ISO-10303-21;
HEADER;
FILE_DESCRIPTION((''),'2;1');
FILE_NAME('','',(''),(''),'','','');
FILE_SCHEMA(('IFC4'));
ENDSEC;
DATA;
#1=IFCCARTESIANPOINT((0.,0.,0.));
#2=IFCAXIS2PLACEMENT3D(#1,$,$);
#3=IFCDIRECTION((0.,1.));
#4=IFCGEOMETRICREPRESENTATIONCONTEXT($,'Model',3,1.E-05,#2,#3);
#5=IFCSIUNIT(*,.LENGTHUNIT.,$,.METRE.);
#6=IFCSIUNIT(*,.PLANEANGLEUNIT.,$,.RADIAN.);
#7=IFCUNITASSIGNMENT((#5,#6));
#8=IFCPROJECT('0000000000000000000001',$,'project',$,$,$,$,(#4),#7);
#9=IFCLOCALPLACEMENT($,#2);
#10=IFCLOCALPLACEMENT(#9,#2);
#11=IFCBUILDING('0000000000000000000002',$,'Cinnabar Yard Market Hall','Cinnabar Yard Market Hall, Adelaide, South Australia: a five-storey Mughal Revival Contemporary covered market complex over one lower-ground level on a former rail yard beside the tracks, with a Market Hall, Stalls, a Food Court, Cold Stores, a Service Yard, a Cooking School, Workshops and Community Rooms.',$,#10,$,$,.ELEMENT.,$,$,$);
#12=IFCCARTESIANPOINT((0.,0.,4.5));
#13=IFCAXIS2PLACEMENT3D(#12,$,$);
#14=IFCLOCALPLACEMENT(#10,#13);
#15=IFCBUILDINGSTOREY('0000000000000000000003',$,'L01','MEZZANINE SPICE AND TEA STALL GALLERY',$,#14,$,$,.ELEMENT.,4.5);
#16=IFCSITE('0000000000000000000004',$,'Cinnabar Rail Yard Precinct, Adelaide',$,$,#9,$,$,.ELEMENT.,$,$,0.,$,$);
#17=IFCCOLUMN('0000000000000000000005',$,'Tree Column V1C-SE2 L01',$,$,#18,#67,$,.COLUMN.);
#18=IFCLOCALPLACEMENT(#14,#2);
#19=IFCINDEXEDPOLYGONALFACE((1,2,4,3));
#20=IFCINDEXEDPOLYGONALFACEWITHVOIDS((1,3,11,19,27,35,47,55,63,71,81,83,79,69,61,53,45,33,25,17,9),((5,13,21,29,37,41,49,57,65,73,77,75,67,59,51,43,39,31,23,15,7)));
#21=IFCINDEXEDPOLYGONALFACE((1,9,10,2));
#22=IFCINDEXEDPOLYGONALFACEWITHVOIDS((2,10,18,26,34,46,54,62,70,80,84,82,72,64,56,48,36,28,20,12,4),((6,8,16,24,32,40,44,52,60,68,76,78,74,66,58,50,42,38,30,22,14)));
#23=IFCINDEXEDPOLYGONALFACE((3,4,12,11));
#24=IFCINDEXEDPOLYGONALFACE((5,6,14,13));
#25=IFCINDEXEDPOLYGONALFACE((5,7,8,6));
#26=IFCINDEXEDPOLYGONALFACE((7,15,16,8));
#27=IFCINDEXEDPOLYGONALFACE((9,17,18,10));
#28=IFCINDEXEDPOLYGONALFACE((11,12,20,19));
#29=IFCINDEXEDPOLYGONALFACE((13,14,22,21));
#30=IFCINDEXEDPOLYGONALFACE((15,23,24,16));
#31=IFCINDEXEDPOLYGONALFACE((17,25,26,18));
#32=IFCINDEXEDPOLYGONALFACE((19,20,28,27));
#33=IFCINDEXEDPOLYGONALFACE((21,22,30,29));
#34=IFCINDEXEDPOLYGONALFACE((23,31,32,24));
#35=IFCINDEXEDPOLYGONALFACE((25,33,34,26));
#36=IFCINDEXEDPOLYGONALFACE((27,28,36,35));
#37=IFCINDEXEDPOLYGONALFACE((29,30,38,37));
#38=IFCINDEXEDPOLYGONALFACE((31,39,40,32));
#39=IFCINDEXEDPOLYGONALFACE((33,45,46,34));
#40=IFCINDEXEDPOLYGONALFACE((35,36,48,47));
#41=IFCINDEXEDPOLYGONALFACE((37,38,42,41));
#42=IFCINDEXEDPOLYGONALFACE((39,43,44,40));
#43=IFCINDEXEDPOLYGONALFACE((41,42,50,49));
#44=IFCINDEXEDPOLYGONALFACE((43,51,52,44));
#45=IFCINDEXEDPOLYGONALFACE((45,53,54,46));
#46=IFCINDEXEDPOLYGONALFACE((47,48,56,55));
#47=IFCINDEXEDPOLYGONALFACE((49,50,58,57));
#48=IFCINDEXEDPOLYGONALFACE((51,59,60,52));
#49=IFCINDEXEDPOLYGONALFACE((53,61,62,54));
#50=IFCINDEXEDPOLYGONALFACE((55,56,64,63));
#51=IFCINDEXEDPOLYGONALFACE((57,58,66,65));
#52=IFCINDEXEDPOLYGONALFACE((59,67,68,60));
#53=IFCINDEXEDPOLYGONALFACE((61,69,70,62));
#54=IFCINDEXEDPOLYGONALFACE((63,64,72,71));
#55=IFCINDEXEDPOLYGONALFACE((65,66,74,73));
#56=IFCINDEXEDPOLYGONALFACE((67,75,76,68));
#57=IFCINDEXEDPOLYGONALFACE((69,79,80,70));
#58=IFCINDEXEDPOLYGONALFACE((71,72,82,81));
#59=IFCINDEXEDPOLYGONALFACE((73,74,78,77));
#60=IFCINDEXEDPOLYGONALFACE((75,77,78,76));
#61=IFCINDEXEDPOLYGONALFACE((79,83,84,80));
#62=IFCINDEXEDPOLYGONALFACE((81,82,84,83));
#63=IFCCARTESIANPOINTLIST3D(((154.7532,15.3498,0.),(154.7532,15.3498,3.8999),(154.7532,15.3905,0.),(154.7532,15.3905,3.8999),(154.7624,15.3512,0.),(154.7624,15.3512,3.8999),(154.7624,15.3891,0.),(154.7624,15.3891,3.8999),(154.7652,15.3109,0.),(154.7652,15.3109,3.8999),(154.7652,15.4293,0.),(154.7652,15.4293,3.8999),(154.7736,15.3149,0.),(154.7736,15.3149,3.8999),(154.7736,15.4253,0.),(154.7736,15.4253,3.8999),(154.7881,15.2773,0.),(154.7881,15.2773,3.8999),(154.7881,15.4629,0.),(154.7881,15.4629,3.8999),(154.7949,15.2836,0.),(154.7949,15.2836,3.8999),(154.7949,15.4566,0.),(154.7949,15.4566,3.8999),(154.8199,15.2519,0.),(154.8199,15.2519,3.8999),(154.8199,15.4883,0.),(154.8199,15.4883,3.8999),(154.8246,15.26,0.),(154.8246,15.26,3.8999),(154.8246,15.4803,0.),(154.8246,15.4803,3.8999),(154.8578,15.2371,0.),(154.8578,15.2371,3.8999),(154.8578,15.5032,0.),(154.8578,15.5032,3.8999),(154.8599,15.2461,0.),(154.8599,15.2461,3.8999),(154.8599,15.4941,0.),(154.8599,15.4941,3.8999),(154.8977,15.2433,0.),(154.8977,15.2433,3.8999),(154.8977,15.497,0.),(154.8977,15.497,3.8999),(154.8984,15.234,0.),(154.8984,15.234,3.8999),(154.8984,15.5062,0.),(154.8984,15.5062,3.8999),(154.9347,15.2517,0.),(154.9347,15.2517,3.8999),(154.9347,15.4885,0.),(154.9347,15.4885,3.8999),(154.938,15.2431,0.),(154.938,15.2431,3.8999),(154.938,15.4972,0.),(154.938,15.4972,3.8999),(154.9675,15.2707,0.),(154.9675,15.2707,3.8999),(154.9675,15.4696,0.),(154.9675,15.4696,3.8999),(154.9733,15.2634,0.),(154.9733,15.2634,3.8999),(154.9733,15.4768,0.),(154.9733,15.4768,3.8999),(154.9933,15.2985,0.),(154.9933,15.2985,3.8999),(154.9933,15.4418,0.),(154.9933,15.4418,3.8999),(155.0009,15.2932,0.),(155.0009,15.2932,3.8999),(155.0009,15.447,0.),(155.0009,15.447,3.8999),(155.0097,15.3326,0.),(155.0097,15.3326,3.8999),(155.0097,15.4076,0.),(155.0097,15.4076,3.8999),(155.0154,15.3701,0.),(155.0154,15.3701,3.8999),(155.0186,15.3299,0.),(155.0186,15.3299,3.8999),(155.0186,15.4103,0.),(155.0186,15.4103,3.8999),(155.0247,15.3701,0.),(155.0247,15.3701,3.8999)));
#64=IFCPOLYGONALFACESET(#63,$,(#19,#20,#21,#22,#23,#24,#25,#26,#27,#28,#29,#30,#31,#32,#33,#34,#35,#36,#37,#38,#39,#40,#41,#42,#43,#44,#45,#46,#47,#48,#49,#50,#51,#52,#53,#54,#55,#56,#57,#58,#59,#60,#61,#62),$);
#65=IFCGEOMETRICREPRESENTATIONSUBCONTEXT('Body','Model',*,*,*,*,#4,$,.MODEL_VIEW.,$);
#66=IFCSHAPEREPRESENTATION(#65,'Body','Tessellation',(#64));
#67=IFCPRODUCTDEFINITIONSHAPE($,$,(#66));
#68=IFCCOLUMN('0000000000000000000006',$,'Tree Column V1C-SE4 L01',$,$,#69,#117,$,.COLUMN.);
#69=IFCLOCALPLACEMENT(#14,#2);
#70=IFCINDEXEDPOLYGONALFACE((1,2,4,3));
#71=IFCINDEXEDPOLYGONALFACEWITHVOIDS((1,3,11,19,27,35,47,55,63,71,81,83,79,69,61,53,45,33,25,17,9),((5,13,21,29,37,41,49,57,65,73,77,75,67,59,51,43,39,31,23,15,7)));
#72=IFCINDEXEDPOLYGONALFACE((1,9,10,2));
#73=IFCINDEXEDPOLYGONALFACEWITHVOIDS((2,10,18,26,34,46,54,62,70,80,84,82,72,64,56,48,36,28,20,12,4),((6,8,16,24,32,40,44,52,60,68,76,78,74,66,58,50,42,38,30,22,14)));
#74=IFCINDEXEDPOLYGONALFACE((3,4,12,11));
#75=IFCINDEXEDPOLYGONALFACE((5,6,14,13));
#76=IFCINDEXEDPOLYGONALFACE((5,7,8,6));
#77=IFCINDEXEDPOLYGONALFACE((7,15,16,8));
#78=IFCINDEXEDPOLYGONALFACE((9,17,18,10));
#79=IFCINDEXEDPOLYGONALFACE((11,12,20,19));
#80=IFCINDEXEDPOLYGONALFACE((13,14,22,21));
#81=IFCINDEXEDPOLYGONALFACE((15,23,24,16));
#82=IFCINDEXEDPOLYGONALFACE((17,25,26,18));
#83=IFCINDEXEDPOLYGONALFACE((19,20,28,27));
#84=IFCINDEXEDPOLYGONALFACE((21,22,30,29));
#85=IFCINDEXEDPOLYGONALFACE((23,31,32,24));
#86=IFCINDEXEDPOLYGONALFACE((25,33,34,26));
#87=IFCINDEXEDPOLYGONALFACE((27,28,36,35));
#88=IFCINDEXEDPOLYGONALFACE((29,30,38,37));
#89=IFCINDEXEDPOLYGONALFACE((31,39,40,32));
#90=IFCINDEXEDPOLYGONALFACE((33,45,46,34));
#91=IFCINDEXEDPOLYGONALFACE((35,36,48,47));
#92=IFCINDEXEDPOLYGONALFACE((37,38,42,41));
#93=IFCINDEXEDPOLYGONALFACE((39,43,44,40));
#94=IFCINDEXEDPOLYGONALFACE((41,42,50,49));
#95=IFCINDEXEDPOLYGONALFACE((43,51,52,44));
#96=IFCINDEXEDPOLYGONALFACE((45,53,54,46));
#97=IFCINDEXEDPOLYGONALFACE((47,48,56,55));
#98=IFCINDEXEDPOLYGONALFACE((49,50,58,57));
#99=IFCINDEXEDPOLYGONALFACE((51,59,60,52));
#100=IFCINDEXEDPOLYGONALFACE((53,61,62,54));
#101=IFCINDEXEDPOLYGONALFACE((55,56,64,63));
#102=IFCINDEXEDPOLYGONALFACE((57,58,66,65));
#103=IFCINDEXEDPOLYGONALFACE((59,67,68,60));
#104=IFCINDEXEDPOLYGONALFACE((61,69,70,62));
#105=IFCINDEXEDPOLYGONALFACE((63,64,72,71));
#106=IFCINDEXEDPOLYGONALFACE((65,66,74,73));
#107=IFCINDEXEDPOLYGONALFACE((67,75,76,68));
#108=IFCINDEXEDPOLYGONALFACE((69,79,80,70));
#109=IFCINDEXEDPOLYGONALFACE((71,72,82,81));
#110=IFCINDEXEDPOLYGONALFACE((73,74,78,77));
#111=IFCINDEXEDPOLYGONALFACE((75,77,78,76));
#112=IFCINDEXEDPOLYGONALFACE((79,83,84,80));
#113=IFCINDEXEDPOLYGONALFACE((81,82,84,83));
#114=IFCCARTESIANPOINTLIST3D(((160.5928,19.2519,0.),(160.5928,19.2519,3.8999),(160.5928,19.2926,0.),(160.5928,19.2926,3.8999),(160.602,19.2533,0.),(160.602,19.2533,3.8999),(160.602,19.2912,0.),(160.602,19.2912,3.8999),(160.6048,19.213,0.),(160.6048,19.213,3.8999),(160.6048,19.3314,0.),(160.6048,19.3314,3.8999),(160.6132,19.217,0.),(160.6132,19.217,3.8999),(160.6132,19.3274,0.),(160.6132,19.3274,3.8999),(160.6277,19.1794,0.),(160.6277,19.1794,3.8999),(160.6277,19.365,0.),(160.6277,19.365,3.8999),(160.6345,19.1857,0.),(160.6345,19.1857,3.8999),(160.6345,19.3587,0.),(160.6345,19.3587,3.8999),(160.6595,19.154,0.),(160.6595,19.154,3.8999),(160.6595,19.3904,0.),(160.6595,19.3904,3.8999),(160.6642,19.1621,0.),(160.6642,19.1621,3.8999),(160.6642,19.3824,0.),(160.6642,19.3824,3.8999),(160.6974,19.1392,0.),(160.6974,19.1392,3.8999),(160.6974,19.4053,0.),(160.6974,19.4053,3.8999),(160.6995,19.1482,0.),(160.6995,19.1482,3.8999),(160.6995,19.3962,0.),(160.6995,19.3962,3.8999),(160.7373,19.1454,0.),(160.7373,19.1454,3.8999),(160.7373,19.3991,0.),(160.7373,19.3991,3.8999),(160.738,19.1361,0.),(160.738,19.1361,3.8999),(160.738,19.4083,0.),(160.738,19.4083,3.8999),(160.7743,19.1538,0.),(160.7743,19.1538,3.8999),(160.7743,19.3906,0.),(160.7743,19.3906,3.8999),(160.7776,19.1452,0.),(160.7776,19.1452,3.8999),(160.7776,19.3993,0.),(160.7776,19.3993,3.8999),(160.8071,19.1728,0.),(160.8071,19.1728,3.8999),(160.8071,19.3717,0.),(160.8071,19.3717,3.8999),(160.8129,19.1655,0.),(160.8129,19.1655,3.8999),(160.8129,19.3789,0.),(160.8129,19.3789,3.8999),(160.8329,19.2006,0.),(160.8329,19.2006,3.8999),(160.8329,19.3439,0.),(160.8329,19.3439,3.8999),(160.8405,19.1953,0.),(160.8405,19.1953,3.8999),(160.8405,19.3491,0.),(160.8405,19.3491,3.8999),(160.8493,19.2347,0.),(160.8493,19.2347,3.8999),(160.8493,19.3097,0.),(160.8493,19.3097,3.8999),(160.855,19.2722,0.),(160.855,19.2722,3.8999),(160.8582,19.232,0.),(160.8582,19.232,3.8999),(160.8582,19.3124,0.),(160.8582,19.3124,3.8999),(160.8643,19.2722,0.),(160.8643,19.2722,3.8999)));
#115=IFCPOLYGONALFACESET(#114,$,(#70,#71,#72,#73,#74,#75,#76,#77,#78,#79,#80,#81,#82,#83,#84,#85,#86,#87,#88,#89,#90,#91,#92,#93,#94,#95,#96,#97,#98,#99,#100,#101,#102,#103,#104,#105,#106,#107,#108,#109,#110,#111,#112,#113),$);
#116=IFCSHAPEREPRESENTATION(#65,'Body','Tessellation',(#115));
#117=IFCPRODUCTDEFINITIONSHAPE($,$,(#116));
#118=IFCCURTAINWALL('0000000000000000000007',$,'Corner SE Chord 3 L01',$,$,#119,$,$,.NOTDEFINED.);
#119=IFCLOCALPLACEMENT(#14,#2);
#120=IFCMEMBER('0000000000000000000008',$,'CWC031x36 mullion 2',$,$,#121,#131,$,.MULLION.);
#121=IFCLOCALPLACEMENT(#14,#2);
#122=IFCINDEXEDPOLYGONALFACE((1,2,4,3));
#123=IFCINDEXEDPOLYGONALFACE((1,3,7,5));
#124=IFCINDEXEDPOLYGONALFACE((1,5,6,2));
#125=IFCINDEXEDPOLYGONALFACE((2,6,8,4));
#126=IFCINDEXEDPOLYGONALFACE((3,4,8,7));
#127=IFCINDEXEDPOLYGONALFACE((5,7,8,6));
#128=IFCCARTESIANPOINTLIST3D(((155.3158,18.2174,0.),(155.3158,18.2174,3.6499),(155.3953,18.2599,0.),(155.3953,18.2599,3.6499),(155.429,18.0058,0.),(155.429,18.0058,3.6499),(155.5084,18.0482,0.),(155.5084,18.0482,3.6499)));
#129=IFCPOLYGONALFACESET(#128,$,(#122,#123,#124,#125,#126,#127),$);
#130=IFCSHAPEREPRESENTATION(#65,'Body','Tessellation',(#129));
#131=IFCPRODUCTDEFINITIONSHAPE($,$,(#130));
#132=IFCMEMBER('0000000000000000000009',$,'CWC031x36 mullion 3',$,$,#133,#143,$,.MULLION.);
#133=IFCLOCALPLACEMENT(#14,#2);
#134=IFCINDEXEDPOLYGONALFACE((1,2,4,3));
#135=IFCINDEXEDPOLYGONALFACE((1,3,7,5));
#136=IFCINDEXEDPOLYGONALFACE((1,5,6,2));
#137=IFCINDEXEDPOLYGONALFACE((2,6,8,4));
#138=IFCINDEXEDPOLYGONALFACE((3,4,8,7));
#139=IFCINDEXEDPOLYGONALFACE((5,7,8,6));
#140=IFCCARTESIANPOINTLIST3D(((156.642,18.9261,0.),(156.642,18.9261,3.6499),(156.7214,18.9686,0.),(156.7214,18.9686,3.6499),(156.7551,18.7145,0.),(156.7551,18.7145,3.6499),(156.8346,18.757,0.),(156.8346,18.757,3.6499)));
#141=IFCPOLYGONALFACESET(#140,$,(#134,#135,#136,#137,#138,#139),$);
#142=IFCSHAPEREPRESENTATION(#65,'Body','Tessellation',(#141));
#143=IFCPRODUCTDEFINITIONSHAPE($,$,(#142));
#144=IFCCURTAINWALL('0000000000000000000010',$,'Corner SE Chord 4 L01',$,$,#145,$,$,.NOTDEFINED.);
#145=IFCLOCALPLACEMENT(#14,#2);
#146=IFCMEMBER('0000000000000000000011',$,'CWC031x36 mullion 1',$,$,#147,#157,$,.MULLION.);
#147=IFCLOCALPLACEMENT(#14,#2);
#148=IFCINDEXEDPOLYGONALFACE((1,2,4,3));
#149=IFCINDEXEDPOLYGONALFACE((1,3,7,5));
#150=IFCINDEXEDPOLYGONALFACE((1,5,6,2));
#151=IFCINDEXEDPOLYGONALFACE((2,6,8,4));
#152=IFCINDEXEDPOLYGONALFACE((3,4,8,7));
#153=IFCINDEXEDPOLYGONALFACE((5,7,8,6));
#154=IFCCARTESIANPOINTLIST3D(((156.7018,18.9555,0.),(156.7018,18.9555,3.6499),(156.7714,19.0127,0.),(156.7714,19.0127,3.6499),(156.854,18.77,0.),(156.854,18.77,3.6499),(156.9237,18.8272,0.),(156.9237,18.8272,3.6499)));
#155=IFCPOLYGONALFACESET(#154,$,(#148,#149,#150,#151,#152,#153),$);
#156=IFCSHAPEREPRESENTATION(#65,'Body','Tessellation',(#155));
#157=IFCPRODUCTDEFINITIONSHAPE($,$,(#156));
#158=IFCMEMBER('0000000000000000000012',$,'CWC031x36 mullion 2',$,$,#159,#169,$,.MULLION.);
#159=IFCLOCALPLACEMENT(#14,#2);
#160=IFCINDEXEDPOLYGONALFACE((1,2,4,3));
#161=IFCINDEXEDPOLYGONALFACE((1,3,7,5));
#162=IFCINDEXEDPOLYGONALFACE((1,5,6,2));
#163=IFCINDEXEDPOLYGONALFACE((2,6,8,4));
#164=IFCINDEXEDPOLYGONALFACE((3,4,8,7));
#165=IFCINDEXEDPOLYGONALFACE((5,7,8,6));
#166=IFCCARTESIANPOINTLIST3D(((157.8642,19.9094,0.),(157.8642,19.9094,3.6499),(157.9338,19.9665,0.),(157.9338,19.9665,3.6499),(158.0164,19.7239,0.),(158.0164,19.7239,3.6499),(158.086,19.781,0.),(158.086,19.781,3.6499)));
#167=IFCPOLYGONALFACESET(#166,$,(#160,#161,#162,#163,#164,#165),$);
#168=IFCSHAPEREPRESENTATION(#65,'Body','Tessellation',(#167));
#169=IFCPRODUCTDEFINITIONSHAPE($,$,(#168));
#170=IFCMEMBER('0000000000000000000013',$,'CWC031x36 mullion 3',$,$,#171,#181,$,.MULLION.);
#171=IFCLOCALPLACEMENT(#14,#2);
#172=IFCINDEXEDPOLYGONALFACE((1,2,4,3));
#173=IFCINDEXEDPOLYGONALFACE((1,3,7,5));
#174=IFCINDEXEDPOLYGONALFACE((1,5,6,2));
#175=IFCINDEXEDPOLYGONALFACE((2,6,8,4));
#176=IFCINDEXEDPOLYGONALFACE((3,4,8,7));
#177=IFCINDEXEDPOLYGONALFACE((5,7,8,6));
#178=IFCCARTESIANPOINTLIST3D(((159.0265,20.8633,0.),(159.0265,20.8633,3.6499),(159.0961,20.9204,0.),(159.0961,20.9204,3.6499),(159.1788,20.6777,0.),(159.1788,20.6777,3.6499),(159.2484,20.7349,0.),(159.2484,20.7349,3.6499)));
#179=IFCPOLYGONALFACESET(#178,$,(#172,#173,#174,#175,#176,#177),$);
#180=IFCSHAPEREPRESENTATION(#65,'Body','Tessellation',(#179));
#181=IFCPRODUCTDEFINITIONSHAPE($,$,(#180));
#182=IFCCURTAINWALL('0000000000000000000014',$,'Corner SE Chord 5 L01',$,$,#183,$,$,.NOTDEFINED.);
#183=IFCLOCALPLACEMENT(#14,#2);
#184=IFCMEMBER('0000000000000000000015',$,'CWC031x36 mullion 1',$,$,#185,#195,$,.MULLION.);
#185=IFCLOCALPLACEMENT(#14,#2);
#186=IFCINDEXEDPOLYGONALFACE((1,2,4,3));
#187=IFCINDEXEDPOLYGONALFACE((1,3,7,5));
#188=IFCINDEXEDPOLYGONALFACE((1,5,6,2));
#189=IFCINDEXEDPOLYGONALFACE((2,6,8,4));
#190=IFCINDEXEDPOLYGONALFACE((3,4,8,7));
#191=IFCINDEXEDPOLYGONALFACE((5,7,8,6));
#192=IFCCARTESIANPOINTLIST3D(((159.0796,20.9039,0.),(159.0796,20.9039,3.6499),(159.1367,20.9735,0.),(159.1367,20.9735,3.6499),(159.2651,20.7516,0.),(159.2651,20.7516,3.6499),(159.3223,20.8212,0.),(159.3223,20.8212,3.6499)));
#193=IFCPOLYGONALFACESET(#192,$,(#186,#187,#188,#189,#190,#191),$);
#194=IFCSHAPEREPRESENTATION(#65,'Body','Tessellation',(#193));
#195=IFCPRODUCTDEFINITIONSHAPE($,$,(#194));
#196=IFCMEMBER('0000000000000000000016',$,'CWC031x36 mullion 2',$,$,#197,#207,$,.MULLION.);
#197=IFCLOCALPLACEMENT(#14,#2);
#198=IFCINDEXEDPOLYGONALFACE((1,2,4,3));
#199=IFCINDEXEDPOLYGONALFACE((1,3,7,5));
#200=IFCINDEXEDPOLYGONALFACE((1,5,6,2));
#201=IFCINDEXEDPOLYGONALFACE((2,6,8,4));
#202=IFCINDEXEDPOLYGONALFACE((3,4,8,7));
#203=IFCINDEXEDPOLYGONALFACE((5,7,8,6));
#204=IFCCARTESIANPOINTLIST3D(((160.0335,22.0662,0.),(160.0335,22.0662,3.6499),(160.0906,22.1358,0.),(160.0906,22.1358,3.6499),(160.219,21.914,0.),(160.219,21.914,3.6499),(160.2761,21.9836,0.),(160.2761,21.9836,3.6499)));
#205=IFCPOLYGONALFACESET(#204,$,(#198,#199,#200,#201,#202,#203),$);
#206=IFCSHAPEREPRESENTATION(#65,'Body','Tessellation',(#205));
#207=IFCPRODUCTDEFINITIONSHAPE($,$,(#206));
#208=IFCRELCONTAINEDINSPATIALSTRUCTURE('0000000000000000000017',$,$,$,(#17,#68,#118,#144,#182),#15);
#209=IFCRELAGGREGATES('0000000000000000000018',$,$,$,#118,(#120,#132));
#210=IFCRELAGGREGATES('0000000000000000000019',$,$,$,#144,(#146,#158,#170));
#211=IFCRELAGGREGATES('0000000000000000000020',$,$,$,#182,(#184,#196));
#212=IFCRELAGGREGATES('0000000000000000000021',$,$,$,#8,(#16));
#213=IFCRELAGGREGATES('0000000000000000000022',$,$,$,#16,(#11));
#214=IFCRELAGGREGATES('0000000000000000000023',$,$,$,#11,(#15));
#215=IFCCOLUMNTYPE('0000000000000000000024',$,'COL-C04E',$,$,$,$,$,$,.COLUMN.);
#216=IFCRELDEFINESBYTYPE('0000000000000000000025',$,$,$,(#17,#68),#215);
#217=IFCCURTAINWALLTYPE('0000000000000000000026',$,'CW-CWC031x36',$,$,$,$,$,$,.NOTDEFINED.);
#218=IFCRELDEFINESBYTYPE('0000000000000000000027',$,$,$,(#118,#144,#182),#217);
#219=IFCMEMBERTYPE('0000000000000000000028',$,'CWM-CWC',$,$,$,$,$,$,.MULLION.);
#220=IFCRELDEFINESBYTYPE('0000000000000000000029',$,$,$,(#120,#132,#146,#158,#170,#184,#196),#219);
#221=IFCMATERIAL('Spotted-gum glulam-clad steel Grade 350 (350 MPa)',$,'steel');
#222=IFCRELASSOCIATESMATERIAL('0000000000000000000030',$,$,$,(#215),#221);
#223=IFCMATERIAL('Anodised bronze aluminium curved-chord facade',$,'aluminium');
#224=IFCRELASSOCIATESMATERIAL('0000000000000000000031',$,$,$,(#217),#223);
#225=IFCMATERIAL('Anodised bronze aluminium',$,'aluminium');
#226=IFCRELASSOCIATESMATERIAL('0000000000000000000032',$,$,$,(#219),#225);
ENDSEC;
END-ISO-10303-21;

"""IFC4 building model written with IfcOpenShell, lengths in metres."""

from ifc_helpers import new_model, si_unit, direction, frame, origin, origin_2d_with_axis, place, context, subcontext, project, spatial, rectangle, hollow_circle, extrude, material, material_profile, profile_set, type_object, element, aggregate, save


model = new_model("IFC4")

# Units and contexts
model_context = context("Model", 3, precision=1e-05, world=origin(), true_north=direction((0.0, 1.0)))
body_context = subcontext(model_context, "Body", "Model", "MODEL_VIEW")
ifc_project = project(units=[si_unit("LENGTHUNIT", "METRE"), si_unit("PLANEANGLEUNIT", "RADIAN")], contexts=[model_context])

# Site, building, storey
site_placement = place(None, origin())
site = spatial("IfcSite", under=ifc_project, at=site_placement, Name="Cinnabar Rail Yard Precinct, Adelaide", CompositionType="ELEMENT", RefElevation=0.0)
building_placement = place(site_placement, origin())
building = spatial("IfcBuilding", under=site, at=building_placement, Name="Cinnabar Yard Market Hall", Description="Cinnabar Yard Market Hall, Adelaide, South Australia: a five-storey Mughal Revival Contemporary covered market complex over one lower-ground level on a former rail yard beside the tracks, with a Market Hall, Stalls, a Food Court, Cold Stores, a Service Yard, a Cooking School, Workshops and Community Rooms.", CompositionType="ELEMENT")
storey_placement = place(building_placement, frame((0.0, 0.0, 4.5)))
storey = spatial("IfcBuildingStorey", under=building, at=storey_placement, Name="L01", Description="MEZZANINE SPICE AND TEA STALL GALLERY", CompositionType="ELEMENT", Elevation=4.5)

# Columns
ifc_material_1 = material(Name="Spotted-gum glulam-clad steel Grade 350 (350 MPa)", Category="steel")
ifc_material_profile_1 = material_profile(ifc_material_1, hollow_circle(Radius=0.1365, WallThickness=0.0093, at=origin_2d_with_axis()), Name="273.1x9.3CHS")
ifc_profile_set_1 = profile_set([ifc_material_profile_1], Name="Spotted-gum glulam-clad steel Grade 350 (350 MPa)")
column_type = type_object("IfcColumnType", Name="COL-C04E", PredefinedType="COLUMN", material=ifc_profile_set_1)
for number, where, z_axis, x_axis, name in (
    (1, (154.8882, 15.3701, 0.0), (0.0, 0.0, 1.0), (1.0, 0.0, 0.0), "Tree Column V1C-SE2 L01"),
    (2, (160.7278, 19.2722, 0.0), (0.0, 0.0, 1.0), (1.0, 0.0, 0.0), "Tree Column V1C-SE4 L01"),
):
    element("IfcColumn", number, at=place(storey_placement, frame(where, z_axis=z_axis, x_axis=x_axis)), inside=storey, type_object=column_type, Name=name, PredefinedType="COLUMN", context=body_context, shape_type="SweptSolid", body=[
        extrude(hollow_circle(Radius=0.1365, WallThickness=0.0093, at=origin_2d_with_axis()), origin(), (0.0, 0.0, 1.0), 3.8999),
    ])

# Curtain walls, members
ifc_material_2 = material(Name="Anodised bronze aluminium curved-chord facade", Category="aluminium")
curtain_wall_type = type_object("IfcCurtainWallType", Name="CW-CWC031x36", PredefinedType="NOTDEFINED", material=ifc_material_2)
curtain_wall_1_placement = place(storey_placement, origin())
curtain_wall_1 = element("IfcCurtainWall", 3, at=curtain_wall_1_placement, inside=storey, type_object=curtain_wall_type, Name="Corner SE Chord 3 L01", PredefinedType="NOTDEFINED")
ifc_material_3 = material(Name="Anodised bronze aluminium", Category="aluminium")
ifc_material_profile_2 = material_profile(ifc_material_3, rectangle(XDim=0.24, YDim=0.0901, at=origin_2d_with_axis()), Name="MUL-CWC")
ifc_profile_set_2 = profile_set([ifc_material_profile_2], Name="Anodised bronze aluminium")
member_type_1 = type_object("IfcMemberType", Name="CWM-CWC", PredefinedType="MULLION", material=ifc_profile_set_2)
member_1_placement = place(storey_placement, frame((155.4121, 18.1328, 0.0), z_axis=(0.0, 0.0, 1.0), x_axis=(-0.471404, 0.881917, 0.0)))
member_1 = element("IfcMember", 4, at=member_1_placement, type_object=member_type_1, Name="CWC031x36 mullion 2", PredefinedType="MULLION", context=body_context, shape_type="SweptSolid", body=[
    extrude(rectangle(XDim=0.24, YDim=0.0901, at=origin_2d_with_axis()), origin(), (0.0, 0.0, 1.0), 3.6499),
])
member_2_placement = place(storey_placement, frame((156.7383, 18.8416, 0.0), z_axis=(0.0, 0.0, 1.0), x_axis=(-0.471404, 0.881917, 0.0)))
member_2 = element("IfcMember", 5, at=member_2_placement, type_object=member_type_1, Name="CWC031x36 mullion 3", PredefinedType="MULLION", context=body_context, shape_type="SweptSolid", body=[
    extrude(rectangle(XDim=0.24, YDim=0.0901, at=origin_2d_with_axis()), origin(), (0.0, 0.0, 1.0), 3.6499),
])
curtain_wall_2_placement = place(storey_placement, origin())
curtain_wall_2 = element("IfcCurtainWall", 6, at=curtain_wall_2_placement, inside=storey, type_object=curtain_wall_type, Name="Corner SE Chord 4 L01", PredefinedType="NOTDEFINED")
member_3_placement = place(storey_placement, frame((156.8127, 18.8914, 0.0), z_axis=(0.0, 0.0, 1.0), x_axis=(-0.634383, 0.773019, 0.0)))
member_3 = element("IfcMember", 7, at=member_3_placement, type_object=member_type_1, Name="CWC031x36 mullion 1", PredefinedType="MULLION", context=body_context, shape_type="SweptSolid", body=[
    extrude(rectangle(XDim=0.24, YDim=0.0901, at=origin_2d_with_axis()), origin(), (0.0, 0.0, 1.0), 3.6499),
])
member_4_placement = place(storey_placement, frame((157.9751, 19.8452, 0.0), z_axis=(0.0, 0.0, 1.0), x_axis=(-0.634383, 0.773019, 0.0)))
member_4 = element("IfcMember", 8, at=member_4_placement, type_object=member_type_1, Name="CWC031x36 mullion 2", PredefinedType="MULLION", context=body_context, shape_type="SweptSolid", body=[
    extrude(rectangle(XDim=0.24, YDim=0.0901, at=origin_2d_with_axis()), origin(), (0.0, 0.0, 1.0), 3.6499),
])
member_5_placement = place(storey_placement, frame((159.1375, 20.7991, 0.0), z_axis=(0.0, 0.0, 1.0), x_axis=(-0.634383, 0.773019, 0.0)))
member_5 = element("IfcMember", 9, at=member_5_placement, type_object=member_type_1, Name="CWC031x36 mullion 3", PredefinedType="MULLION", context=body_context, shape_type="SweptSolid", body=[
    extrude(rectangle(XDim=0.24, YDim=0.0901, at=origin_2d_with_axis()), origin(), (0.0, 0.0, 1.0), 3.6499),
])
curtain_wall_3_placement = place(storey_placement, origin())
curtain_wall_3 = element("IfcCurtainWall", 10, at=curtain_wall_3_placement, inside=storey, type_object=curtain_wall_type, Name="Corner SE Chord 5 L01", PredefinedType="NOTDEFINED")
member_6_placement = place(storey_placement, frame((159.2009, 20.8625, 0.0), z_axis=(0.0, 0.0, 1.0), x_axis=(-0.773019, 0.634383, 0.0)))
member_6 = element("IfcMember", 11, at=member_6_placement, type_object=member_type_1, Name="CWC031x36 mullion 1", PredefinedType="MULLION", context=body_context, shape_type="SweptSolid", body=[
    extrude(rectangle(XDim=0.24, YDim=0.0901, at=origin_2d_with_axis()), origin(), (0.0, 0.0, 1.0), 3.6499),
])
member_7_placement = place(storey_placement, frame((160.1548, 22.0249, 0.0), z_axis=(0.0, 0.0, 1.0), x_axis=(-0.773019, 0.634383, 0.0)))
member_7 = element("IfcMember", 12, at=member_7_placement, type_object=member_type_1, Name="CWC031x36 mullion 2", PredefinedType="MULLION", context=body_context, shape_type="SweptSolid", body=[
    extrude(rectangle(XDim=0.24, YDim=0.0901, at=origin_2d_with_axis()), origin(), (0.0, 0.0, 1.0), 3.6499),
])

aggregate(curtain_wall_1, [member_1, member_2])
aggregate(curtain_wall_2, [member_3, member_4, member_5])
aggregate(curtain_wall_3, [member_6, member_7])

save(model, "model.ifc")
